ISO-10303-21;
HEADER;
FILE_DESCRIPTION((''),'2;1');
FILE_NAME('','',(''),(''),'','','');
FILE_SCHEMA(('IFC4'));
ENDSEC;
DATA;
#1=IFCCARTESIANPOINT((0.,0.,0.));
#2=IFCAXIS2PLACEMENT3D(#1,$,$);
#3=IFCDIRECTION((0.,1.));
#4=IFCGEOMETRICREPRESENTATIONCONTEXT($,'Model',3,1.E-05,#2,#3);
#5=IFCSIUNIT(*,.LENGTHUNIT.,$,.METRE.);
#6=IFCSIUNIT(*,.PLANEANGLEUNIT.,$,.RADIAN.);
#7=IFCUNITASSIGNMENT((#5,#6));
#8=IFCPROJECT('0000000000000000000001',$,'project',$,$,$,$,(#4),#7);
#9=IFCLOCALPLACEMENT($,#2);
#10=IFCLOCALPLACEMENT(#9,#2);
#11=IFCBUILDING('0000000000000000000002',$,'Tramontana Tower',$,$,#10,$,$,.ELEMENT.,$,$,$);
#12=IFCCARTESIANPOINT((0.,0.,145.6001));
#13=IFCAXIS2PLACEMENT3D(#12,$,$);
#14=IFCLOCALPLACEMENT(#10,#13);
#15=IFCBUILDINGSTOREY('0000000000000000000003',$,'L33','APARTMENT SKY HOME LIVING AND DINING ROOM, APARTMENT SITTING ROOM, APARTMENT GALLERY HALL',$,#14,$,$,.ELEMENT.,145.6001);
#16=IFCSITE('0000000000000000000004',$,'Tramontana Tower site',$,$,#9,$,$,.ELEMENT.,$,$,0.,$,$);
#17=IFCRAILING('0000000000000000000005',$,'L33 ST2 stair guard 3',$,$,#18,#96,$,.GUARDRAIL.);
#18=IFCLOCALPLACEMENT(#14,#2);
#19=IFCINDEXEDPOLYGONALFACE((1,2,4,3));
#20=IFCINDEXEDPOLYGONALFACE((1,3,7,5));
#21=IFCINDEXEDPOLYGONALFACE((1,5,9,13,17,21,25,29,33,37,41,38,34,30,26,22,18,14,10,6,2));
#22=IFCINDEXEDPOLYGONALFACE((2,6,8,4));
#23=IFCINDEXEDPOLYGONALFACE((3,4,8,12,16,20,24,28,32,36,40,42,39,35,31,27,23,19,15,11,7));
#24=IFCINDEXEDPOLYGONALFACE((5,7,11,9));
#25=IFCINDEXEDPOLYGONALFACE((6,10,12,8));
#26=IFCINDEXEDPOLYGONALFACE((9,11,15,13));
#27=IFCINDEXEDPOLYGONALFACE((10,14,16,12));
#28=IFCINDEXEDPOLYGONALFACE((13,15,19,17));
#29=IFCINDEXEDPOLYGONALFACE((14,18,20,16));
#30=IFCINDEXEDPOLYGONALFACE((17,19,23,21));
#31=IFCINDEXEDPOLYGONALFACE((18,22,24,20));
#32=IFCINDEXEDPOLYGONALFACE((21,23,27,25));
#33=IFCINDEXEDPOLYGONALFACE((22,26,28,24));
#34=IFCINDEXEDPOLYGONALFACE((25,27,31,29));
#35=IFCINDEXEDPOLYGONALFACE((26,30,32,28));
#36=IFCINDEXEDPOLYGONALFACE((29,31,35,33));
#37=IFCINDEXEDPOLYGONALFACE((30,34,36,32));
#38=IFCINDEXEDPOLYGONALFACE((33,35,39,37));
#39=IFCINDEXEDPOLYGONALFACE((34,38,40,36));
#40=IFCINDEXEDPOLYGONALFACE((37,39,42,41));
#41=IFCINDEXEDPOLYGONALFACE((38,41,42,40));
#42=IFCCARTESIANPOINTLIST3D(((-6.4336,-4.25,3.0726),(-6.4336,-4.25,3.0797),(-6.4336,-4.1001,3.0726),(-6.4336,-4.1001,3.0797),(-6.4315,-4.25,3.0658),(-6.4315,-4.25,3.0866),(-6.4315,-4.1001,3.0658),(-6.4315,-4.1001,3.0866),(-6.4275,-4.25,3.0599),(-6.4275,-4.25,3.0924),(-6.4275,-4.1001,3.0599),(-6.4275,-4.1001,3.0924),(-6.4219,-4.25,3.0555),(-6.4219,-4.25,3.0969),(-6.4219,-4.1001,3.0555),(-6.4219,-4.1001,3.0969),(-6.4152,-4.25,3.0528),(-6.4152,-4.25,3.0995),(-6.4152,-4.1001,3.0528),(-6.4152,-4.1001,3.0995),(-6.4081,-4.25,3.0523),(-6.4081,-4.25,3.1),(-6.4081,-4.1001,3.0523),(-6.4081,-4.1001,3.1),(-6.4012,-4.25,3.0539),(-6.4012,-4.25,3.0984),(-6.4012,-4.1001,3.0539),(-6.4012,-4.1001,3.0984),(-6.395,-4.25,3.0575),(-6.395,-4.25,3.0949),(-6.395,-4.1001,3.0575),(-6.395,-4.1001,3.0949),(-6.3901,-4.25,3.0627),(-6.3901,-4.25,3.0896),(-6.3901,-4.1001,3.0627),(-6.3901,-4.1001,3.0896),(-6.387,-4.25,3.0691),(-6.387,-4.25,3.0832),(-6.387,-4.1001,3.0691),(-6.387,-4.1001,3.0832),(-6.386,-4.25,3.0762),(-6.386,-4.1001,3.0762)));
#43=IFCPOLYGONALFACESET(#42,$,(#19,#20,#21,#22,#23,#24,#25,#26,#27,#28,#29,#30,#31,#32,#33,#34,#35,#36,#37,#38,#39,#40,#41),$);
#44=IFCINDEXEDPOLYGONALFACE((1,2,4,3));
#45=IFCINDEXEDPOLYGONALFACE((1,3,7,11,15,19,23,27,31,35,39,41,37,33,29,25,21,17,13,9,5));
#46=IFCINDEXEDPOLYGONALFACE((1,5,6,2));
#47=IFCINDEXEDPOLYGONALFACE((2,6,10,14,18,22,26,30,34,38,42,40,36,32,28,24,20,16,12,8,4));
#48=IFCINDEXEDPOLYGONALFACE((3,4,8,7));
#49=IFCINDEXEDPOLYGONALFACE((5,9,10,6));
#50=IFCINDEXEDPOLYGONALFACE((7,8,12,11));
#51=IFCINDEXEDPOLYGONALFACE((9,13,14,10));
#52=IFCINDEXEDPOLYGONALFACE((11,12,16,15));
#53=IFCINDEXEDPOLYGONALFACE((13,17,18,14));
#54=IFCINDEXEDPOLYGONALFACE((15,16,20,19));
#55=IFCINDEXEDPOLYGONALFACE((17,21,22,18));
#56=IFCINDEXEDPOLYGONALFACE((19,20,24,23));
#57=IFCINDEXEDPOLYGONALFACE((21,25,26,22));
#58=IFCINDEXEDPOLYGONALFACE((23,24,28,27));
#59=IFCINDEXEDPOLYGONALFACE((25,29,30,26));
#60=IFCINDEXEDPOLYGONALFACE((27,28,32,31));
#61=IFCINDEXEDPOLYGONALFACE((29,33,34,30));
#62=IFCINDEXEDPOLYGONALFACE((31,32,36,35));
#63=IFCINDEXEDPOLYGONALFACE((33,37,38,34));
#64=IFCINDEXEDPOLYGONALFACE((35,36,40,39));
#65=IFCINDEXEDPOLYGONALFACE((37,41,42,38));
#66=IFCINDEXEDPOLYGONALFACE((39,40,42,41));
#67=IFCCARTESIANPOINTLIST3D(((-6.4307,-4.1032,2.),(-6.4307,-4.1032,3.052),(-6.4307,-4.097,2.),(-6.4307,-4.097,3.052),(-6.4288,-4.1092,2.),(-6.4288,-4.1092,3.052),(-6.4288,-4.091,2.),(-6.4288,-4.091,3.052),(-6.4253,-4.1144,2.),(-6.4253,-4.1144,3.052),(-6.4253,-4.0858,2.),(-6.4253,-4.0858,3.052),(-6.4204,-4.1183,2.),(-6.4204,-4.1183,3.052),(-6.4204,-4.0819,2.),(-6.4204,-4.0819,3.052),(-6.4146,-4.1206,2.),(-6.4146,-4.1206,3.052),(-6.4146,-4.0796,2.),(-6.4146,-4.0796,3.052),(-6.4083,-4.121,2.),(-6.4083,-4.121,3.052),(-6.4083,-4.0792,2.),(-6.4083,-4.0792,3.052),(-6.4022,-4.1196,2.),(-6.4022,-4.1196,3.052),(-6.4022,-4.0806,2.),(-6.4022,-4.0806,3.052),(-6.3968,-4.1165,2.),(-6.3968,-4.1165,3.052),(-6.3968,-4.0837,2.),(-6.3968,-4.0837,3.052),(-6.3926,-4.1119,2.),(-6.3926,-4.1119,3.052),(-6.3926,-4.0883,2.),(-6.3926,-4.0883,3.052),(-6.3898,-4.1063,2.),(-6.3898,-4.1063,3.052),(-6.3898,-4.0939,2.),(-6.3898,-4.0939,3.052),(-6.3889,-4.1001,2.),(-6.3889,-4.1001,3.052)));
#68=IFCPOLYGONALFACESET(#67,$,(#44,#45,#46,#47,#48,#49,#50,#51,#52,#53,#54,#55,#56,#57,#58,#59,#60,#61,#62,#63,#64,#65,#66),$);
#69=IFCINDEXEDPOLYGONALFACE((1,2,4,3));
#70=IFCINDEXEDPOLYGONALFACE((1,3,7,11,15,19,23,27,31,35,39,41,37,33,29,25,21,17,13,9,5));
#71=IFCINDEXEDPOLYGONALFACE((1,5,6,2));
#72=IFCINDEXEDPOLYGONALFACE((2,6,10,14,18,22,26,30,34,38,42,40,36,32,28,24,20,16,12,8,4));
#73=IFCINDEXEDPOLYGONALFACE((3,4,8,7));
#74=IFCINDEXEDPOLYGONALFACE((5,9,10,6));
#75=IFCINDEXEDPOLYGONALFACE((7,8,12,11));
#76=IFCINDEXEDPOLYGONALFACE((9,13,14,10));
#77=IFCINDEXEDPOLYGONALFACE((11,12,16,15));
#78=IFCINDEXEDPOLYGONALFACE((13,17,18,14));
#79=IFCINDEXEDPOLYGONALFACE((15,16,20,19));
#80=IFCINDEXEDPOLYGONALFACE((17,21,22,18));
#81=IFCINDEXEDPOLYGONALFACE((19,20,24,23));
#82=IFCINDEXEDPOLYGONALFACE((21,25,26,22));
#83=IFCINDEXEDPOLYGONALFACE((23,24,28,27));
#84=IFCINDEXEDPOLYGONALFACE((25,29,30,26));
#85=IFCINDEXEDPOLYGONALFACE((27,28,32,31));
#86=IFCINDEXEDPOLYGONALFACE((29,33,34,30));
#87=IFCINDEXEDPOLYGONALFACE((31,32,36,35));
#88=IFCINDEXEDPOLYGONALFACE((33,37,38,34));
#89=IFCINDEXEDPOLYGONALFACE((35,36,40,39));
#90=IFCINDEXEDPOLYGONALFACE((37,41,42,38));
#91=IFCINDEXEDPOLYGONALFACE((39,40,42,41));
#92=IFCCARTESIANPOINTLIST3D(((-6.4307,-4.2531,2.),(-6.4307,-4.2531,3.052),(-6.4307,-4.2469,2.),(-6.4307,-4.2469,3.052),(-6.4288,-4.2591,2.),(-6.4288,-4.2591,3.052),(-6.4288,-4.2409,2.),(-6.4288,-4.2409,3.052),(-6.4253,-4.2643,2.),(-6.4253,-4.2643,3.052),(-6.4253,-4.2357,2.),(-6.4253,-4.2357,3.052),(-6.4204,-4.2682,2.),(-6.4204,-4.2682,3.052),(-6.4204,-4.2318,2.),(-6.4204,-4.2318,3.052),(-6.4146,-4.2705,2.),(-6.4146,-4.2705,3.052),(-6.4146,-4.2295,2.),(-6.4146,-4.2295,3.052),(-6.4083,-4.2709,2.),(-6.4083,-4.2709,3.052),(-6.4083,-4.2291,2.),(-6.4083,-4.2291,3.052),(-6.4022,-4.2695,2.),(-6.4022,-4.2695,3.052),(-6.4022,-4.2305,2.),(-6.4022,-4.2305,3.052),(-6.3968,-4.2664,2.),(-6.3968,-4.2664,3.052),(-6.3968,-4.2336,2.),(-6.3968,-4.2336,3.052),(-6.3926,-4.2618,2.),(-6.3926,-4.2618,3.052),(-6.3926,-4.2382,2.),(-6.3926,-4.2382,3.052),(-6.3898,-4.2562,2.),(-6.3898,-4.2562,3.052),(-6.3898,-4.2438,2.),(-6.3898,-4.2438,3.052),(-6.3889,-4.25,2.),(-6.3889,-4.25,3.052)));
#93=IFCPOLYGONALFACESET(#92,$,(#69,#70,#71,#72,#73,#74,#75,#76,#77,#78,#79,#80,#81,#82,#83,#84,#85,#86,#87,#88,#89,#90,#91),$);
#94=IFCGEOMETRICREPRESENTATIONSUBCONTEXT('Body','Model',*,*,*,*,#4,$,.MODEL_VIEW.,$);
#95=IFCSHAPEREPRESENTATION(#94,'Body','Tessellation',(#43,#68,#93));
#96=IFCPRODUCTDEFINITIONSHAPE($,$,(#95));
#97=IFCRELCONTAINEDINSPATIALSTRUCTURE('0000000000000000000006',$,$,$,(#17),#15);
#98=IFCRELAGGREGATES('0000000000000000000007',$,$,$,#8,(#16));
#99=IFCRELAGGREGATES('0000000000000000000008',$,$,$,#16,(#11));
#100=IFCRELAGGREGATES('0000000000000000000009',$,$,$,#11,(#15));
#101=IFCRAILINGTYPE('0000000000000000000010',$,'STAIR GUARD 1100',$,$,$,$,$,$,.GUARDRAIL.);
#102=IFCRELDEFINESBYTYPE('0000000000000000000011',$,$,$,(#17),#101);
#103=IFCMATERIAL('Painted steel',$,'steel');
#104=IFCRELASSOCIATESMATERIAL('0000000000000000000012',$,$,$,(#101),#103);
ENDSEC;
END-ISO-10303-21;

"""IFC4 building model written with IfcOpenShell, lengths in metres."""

from ifc_helpers import new_model, si_unit, direction, frame, origin, origin_2d, place, context, subcontext, project, spatial, circle, extrude, material, type_object, element, save


model = new_model("IFC4")

# Units and contexts
model_context = context("Model", 3, precision=1e-05, world=origin(), true_north=direction((0.0, 1.0)))
body_context = subcontext(model_context, "Body", "Model", "MODEL_VIEW")
ifc_project = project(units=[si_unit("LENGTHUNIT", "METRE"), si_unit("PLANEANGLEUNIT", "RADIAN")], contexts=[model_context])

# Site, building, storey
site_placement = place(None, origin())
site = spatial("IfcSite", under=ifc_project, at=site_placement, Name="Tramontana Tower site", CompositionType="ELEMENT", RefElevation=0.0)
building_placement = place(site_placement, origin())
building = spatial("IfcBuilding", under=site, at=building_placement, Name="Tramontana Tower", CompositionType="ELEMENT")
storey_placement = place(building_placement, frame((0.0, 0.0, 145.6001)))
storey = spatial("IfcBuildingStorey", under=building, at=storey_placement, Name="L33", Description="APARTMENT SKY HOME LIVING AND DINING ROOM, APARTMENT SITTING ROOM, APARTMENT GALLERY HALL", CompositionType="ELEMENT", Elevation=145.6001)

# Railing
ifc_material_1 = material(Name="Painted steel", Category="steel")
railing_type_1 = type_object("IfcRailingType", Name="STAIR GUARD 1100", PredefinedType="GUARDRAIL", material=ifc_material_1)
railing_1_placement = place(storey_placement, frame((-6.4099, -4.1001, 2.0)))
element("IfcRailing", 1, at=railing_1_placement, inside=storey, type_object=railing_type_1, Name="L33 ST2 stair guard 3", PredefinedType="GUARDRAIL", context=body_context, shape_type="SweptSolid", body=[
    extrude(circle(Radius=0.0239, at=origin_2d()), frame((0.0, 0.0, 1.0762), z_axis=(0.0, -1.0, 0.0), x_axis=(1.0, 0.0, 0.0)), (0.0, 0.0, 1.0), 0.1499),
    extrude(circle(Radius=0.021, at=origin_2d()), origin(), (0.0, 0.0, 1.0), 1.052),
    extrude(circle(Radius=0.021, at=origin_2d()), frame((0.0, -0.1499, 0.0)), (0.0, 0.0, 1.0), 1.052),
])

save(model, "model.ifc")
